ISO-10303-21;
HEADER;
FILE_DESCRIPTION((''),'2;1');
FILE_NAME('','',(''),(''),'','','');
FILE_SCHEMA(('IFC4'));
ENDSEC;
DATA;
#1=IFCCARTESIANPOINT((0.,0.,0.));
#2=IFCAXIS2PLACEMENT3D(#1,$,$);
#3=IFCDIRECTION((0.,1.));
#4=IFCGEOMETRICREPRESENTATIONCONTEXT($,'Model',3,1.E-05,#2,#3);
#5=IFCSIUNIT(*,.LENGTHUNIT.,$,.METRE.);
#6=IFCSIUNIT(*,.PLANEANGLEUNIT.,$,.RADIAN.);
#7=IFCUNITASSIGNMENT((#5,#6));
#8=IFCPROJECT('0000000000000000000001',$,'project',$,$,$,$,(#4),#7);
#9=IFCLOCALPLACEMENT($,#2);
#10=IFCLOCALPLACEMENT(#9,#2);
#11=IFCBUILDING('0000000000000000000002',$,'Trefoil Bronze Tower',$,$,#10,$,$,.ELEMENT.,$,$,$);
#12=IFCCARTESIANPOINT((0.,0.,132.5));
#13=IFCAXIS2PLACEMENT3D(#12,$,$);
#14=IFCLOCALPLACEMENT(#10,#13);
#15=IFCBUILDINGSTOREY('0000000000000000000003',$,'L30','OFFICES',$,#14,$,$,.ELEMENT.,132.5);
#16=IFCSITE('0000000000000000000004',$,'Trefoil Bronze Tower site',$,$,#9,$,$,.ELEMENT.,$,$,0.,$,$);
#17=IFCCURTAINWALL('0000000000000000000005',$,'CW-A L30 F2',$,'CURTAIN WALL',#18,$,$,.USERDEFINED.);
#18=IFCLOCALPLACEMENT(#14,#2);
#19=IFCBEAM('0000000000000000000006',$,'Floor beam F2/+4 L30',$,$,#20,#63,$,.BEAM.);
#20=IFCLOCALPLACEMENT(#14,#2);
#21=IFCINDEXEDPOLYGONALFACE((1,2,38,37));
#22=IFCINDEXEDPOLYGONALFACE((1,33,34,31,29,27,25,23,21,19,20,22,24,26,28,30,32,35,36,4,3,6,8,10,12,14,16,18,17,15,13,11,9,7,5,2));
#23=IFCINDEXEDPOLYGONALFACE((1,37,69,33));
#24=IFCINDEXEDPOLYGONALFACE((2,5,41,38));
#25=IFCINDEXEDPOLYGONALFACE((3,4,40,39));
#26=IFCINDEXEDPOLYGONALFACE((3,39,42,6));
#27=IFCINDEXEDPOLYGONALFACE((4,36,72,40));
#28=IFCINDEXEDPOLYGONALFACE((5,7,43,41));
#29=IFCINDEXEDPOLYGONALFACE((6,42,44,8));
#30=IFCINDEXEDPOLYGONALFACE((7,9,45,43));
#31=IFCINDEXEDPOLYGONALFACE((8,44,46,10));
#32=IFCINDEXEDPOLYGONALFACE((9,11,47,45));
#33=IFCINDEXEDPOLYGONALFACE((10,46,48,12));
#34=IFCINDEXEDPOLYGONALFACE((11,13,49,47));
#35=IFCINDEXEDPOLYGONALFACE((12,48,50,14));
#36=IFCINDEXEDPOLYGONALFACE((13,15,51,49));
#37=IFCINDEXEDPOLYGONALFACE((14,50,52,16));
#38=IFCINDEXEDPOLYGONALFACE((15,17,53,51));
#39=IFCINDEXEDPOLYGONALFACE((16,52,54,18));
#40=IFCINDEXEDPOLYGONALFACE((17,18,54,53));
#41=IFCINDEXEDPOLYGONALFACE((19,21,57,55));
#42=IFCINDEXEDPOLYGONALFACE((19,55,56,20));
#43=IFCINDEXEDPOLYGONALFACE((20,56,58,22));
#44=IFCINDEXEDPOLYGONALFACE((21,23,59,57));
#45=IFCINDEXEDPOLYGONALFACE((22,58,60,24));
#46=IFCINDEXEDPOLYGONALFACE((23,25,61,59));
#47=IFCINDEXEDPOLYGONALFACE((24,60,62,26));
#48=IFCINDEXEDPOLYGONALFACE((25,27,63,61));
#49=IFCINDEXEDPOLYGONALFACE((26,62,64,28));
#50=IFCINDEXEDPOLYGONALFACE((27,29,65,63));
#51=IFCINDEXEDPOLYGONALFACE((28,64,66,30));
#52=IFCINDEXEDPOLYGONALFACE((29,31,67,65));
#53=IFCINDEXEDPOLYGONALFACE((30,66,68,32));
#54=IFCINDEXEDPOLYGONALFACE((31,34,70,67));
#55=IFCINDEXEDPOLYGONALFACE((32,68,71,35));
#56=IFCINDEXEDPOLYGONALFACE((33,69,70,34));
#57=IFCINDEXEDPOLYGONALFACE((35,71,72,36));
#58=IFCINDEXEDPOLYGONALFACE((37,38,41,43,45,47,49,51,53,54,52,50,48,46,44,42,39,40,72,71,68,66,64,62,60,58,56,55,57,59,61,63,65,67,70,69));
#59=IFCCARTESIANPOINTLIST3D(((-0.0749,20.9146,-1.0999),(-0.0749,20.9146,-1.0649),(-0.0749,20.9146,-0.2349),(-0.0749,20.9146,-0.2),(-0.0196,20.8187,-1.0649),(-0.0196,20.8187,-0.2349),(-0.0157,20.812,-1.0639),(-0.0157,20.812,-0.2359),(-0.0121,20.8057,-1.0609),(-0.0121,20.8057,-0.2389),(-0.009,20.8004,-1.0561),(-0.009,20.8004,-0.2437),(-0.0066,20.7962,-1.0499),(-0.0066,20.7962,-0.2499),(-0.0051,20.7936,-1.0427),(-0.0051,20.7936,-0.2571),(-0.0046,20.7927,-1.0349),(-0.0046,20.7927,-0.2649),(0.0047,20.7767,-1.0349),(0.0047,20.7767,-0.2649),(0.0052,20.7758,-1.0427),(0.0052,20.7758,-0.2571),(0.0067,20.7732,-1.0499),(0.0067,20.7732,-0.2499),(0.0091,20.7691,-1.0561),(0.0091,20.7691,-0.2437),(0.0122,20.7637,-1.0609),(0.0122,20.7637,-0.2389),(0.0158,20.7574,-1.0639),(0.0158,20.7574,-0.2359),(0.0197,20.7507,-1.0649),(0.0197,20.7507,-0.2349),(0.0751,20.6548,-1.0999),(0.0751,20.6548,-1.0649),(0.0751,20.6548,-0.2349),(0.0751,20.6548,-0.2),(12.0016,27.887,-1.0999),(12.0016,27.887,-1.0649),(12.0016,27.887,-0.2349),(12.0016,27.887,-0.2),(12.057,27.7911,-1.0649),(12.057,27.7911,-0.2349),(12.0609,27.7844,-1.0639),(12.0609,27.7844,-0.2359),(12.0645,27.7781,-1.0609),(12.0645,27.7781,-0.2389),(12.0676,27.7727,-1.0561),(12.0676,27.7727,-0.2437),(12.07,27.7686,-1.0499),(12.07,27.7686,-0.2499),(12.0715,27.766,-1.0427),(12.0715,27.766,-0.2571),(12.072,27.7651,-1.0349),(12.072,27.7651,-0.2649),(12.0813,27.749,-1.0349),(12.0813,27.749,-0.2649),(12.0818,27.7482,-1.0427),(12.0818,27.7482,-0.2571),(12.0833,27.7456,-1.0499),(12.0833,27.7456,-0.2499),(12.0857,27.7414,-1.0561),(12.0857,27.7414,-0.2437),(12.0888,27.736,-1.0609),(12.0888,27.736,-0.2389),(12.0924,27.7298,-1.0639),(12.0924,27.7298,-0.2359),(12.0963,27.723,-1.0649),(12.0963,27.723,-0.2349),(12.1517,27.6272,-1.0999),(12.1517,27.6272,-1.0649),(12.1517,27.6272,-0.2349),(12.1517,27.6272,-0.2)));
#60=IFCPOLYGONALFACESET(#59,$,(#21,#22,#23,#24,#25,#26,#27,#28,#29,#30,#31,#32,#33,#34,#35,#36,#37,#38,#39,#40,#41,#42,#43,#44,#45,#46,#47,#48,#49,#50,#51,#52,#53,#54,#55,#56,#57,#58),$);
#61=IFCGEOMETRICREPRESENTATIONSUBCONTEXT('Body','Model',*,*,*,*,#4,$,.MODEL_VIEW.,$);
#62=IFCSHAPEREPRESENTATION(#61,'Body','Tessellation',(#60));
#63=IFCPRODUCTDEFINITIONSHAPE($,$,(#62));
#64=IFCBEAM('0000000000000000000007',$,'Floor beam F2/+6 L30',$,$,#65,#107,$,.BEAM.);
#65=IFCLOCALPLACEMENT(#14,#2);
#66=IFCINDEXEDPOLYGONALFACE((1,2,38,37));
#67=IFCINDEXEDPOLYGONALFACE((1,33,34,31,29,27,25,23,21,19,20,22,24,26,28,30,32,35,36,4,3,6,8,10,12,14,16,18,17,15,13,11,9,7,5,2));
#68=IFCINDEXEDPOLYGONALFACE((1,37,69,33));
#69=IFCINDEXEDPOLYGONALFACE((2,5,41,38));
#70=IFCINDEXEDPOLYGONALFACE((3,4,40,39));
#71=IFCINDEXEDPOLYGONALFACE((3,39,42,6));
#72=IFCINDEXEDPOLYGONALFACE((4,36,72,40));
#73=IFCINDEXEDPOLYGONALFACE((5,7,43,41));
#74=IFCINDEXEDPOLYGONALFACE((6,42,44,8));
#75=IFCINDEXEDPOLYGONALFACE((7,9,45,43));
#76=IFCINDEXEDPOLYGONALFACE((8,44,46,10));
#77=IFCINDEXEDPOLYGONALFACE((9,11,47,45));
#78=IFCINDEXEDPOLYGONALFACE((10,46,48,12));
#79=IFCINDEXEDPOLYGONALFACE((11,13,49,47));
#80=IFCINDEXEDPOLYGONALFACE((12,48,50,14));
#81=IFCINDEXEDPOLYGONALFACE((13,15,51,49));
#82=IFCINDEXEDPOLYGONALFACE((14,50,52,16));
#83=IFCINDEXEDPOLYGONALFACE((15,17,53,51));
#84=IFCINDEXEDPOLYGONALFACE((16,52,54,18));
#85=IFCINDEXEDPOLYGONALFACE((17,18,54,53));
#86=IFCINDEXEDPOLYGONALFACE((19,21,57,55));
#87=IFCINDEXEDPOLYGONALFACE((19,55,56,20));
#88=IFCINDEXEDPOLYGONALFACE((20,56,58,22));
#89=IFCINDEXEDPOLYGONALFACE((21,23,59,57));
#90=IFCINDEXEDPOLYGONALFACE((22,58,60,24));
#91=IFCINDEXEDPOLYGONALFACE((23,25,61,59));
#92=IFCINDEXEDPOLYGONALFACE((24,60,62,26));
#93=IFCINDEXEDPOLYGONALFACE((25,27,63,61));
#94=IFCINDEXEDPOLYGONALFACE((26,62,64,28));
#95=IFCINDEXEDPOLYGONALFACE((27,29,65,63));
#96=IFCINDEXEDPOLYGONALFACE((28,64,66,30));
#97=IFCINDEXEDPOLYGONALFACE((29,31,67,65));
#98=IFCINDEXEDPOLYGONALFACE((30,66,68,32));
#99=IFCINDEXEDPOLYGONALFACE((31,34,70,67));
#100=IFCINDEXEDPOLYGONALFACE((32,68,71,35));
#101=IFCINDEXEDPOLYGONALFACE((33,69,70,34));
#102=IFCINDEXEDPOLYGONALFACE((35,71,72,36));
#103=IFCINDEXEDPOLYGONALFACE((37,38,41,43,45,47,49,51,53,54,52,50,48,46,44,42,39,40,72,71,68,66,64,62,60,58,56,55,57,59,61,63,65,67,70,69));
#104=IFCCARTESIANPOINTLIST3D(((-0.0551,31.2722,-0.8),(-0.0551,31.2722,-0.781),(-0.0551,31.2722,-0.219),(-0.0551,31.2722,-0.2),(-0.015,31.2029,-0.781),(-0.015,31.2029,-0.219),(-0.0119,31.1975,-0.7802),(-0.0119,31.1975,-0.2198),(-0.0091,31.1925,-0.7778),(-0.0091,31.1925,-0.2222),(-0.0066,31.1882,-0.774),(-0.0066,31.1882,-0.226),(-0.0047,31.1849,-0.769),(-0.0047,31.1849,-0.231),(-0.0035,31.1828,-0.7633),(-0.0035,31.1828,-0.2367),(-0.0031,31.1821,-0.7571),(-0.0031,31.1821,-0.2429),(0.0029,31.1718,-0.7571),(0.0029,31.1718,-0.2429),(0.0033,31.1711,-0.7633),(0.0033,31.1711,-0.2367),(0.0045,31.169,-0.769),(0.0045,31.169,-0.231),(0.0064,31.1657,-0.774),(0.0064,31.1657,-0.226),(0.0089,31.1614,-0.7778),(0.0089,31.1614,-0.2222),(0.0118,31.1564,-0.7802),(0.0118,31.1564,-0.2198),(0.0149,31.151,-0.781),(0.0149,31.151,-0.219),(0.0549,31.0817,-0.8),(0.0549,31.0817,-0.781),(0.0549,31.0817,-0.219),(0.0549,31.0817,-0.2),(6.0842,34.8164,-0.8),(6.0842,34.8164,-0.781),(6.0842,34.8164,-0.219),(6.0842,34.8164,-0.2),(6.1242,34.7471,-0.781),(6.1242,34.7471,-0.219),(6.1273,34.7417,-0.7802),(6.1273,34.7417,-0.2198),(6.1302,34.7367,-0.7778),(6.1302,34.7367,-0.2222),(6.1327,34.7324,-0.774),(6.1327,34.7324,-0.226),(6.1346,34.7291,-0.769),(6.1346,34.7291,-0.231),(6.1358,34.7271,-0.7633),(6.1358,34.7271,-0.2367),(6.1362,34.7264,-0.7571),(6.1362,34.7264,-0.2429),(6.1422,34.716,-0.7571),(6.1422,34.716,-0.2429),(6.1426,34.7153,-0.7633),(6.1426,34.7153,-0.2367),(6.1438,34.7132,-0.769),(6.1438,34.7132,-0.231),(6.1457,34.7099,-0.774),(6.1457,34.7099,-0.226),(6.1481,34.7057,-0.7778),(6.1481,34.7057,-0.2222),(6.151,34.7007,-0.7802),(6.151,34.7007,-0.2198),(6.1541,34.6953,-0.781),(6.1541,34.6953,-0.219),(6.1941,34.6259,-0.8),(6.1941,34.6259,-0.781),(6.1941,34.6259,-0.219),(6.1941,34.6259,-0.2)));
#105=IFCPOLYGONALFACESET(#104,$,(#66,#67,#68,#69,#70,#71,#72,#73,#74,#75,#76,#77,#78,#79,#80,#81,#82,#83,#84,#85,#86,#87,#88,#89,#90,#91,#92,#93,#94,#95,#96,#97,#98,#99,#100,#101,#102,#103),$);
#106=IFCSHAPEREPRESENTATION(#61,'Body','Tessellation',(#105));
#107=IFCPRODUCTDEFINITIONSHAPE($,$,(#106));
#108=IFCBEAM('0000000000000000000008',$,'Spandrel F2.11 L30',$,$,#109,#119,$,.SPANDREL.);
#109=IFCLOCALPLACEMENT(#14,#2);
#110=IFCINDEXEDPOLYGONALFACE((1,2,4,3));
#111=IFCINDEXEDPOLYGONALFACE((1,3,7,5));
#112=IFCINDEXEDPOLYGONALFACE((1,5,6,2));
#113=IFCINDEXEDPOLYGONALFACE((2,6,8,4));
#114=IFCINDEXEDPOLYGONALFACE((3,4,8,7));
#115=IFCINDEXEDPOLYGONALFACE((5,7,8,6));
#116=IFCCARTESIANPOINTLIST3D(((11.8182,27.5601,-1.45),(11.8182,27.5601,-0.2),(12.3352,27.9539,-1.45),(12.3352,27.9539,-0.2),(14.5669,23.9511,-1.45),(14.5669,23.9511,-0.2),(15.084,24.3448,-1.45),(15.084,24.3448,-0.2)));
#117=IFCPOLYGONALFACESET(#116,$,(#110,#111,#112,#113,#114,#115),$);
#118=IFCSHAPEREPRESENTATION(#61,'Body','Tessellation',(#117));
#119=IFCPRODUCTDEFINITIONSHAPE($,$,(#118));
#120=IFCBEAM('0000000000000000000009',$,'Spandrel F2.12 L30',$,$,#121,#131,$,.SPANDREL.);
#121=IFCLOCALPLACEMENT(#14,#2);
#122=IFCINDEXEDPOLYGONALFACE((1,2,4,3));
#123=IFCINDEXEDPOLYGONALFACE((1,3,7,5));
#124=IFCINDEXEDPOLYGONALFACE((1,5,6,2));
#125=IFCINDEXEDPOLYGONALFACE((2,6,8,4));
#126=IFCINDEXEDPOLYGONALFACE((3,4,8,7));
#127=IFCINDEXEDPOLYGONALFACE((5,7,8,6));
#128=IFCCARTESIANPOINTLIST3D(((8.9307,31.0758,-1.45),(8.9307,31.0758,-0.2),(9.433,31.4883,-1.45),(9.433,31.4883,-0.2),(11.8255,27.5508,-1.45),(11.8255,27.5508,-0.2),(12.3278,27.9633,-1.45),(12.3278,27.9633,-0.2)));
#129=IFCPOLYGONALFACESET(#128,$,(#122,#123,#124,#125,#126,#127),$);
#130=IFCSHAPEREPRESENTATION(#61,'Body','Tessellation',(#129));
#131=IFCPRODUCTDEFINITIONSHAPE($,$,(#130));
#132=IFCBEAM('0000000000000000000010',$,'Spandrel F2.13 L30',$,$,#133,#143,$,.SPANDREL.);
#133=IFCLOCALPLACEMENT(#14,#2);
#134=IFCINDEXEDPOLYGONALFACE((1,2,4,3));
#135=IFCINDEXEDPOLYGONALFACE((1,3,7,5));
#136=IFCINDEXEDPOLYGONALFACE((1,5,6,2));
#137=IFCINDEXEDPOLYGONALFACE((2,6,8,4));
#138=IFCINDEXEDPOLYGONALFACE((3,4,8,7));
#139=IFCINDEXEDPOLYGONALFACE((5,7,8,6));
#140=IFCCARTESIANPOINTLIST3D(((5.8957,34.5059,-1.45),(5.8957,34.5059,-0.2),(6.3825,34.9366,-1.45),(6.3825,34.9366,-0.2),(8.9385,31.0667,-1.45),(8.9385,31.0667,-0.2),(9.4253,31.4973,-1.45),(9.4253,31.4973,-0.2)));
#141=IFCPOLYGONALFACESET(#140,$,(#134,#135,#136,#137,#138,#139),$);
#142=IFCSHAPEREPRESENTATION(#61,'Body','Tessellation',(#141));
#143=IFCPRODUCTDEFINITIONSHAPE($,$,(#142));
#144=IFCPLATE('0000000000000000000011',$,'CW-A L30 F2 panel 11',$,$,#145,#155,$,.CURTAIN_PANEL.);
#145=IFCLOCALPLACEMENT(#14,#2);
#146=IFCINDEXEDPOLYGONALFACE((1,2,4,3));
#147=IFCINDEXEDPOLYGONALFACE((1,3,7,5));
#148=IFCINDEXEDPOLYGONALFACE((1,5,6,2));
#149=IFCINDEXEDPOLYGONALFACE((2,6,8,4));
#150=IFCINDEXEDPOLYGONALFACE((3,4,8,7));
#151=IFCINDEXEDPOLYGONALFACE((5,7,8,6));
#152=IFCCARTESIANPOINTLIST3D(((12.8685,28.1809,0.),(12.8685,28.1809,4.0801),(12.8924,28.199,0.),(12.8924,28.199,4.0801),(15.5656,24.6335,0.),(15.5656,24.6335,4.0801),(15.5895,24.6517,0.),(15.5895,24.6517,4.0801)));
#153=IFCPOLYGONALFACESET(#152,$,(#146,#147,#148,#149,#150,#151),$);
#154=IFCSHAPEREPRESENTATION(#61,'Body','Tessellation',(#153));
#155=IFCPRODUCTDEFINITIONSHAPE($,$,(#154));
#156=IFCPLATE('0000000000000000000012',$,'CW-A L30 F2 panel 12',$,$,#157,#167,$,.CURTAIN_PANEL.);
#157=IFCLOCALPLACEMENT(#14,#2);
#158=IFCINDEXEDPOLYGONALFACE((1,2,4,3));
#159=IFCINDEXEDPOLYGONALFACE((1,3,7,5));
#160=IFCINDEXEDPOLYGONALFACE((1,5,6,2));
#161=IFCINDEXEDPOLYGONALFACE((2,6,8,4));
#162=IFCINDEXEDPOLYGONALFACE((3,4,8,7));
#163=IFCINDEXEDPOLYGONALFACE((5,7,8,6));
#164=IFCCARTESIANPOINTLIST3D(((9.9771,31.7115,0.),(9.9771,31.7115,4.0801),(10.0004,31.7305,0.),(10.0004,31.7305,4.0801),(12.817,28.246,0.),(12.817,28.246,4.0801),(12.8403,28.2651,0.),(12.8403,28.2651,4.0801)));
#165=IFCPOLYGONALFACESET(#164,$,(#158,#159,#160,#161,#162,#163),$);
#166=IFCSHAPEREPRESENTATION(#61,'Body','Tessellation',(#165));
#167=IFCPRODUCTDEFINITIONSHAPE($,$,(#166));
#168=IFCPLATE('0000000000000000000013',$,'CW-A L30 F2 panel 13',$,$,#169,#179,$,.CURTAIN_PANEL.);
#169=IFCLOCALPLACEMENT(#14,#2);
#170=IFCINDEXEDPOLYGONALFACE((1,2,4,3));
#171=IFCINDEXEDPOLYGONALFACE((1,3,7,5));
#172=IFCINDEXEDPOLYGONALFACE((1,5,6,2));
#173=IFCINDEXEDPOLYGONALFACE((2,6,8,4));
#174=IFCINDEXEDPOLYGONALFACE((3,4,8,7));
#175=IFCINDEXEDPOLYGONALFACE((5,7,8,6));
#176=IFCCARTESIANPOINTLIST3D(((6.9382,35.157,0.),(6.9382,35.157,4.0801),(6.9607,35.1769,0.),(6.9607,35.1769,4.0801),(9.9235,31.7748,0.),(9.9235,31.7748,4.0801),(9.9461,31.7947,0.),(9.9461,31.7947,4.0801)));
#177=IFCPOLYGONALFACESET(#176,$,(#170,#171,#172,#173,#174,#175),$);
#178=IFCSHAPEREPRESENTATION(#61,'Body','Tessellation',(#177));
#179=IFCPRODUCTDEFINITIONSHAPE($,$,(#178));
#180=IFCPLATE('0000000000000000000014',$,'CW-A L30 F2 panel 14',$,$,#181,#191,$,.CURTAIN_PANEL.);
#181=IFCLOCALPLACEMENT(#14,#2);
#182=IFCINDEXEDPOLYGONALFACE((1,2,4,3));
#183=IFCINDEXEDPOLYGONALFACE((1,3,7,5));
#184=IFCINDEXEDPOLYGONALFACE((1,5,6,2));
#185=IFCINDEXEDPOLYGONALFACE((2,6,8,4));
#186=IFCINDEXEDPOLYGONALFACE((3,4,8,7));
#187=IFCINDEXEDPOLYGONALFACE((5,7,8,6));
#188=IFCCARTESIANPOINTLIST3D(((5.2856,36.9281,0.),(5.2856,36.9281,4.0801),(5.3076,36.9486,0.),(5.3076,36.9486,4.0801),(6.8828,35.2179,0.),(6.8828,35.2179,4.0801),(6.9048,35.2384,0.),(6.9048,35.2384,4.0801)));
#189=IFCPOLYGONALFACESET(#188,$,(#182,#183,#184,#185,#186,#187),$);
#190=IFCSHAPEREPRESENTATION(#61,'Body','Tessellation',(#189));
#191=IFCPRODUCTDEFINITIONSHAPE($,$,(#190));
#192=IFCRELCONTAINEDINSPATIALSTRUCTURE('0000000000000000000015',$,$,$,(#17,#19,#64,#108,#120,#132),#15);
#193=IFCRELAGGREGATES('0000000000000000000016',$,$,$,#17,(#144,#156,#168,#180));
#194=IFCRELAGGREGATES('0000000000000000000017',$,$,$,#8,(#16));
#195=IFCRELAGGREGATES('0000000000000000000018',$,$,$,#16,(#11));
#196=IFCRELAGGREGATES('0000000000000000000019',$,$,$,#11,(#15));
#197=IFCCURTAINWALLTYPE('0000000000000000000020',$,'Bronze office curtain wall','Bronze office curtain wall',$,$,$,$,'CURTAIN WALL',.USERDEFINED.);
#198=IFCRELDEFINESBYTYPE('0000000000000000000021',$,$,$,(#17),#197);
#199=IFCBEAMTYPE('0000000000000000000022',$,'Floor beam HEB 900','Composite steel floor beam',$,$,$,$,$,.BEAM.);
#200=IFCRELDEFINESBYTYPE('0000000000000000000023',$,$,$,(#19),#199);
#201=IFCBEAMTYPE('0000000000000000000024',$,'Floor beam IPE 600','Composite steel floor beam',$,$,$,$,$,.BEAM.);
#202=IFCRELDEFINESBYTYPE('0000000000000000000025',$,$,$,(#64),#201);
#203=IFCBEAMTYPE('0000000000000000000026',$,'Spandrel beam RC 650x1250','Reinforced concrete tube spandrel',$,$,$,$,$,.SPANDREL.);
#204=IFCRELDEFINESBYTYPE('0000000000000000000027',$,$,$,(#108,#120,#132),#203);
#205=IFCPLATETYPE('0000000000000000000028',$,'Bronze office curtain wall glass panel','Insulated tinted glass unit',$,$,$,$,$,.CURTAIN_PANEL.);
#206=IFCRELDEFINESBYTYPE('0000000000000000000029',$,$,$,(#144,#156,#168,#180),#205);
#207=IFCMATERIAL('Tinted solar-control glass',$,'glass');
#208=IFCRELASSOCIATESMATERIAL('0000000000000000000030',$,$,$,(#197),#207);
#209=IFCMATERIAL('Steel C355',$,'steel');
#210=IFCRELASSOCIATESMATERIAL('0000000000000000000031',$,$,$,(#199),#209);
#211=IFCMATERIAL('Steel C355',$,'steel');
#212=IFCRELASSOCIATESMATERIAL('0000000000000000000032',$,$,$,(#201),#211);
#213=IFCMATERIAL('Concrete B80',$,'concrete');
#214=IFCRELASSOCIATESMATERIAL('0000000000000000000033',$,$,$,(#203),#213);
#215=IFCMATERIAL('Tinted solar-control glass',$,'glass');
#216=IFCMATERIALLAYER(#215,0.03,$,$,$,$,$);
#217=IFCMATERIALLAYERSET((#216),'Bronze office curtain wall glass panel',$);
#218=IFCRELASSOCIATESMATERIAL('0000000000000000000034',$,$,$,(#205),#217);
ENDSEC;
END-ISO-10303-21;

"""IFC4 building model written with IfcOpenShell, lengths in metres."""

from ifc_helpers import new_model, si_unit, direction, frame, origin, origin_2d, place, context, subcontext, project, spatial, rectangle, i_section, extrude, material, layer, layer_set, material_profile, profile_set, type_object, element, aggregate, save


model = new_model("IFC4")

# Units and contexts
model_context = context("Model", 3, precision=1e-05, world=origin(), true_north=direction((0.0, 1.0)))
body_context = subcontext(model_context, "Body", "Model", "MODEL_VIEW")
ifc_project = project(units=[si_unit("LENGTHUNIT", "METRE"), si_unit("PLANEANGLEUNIT", "RADIAN")], contexts=[model_context])

# Site, building, storey
site_placement = place(None, origin())
site = spatial("IfcSite", under=ifc_project, at=site_placement, Name="Trefoil Bronze Tower site", CompositionType="ELEMENT", RefElevation=0.0)
building_placement = place(site_placement, origin())
building = spatial("IfcBuilding", under=site, at=building_placement, Name="Trefoil Bronze Tower", CompositionType="ELEMENT")
storey_placement = place(building_placement, frame((0.0, 0.0, 132.5)))
storey = spatial("IfcBuildingStorey", under=building, at=storey_placement, Name="L30", Description="OFFICES", CompositionType="ELEMENT", Elevation=132.5)

# Curtain wall
ifc_material_1 = material(Name="Tinted solar-control glass", Category="glass")
curtain_wall_type_1 = type_object("IfcCurtainWallType", Name="Bronze office curtain wall", Description="Bronze office curtain wall", ElementType="CURTAIN WALL", PredefinedType="USERDEFINED", material=ifc_material_1)
curtain_wall_1_placement = place(storey_placement, origin())
curtain_wall_1 = element("IfcCurtainWall", 1, at=curtain_wall_1_placement, inside=storey, type_object=curtain_wall_type_1, Name="CW-A L30 F2", ObjectType="CURTAIN WALL", PredefinedType="USERDEFINED")

# Beams
ifc_material_2 = material(Name="Steel C355", Category="steel")
ifc_material_profile_1 = material_profile(ifc_material_2, i_section(OverallWidth=0.3, OverallDepth=0.8999, WebThickness=0.0186, FlangeThickness=0.0349, FilletRadius=0.03, at=origin_2d()), Name="HEB 900")
ifc_profile_set_1 = profile_set([ifc_material_profile_1], Name="Steel C355")
beam_type_1 = type_object("IfcBeamType", Name="Floor beam HEB 900", Description="Composite steel floor beam", PredefinedType="BEAM", material=ifc_profile_set_1)
beam_1_placement = place(storey_placement, frame((12.0767, 27.7571, -0.6499), z_axis=(-0.866027, -0.499997, 0.0), x_axis=(0.499997, -0.866027, 0.0)))
element("IfcBeam", 2, at=beam_1_placement, inside=storey, type_object=beam_type_1, Name="Floor beam F2/+4 L30", PredefinedType="BEAM", context=body_context, shape_type="SweptSolid", body=[
    extrude(i_section(OverallWidth=0.3, OverallDepth=0.8999, WebThickness=0.0186, FlangeThickness=0.0349, FilletRadius=0.03, at=origin_2d()), origin(), (0.0, 0.0, 1.0), 13.9448),
])
ifc_material_3 = material(Name="Steel C355", Category="steel")
ifc_material_profile_2 = material_profile(ifc_material_3, i_section(OverallWidth=0.22, OverallDepth=0.6001, WebThickness=0.012, FlangeThickness=0.019, FilletRadius=0.0239, at=origin_2d()), Name="IPE 600")
ifc_profile_set_2 = profile_set([ifc_material_profile_2], Name="Steel C355")
beam_type_2 = type_object("IfcBeamType", Name="Floor beam IPE 600", Description="Composite steel floor beam", PredefinedType="BEAM", material=ifc_profile_set_2)
beam_2_placement = place(storey_placement, frame((6.1392, 34.7212, -0.5), z_axis=(-0.866041, -0.499973, 0.0), x_axis=(0.499973, -0.866041, 0.0)))
element("IfcBeam", 3, at=beam_2_placement, inside=storey, type_object=beam_type_2, Name="Floor beam F2/+6 L30", PredefinedType="BEAM", context=body_context, shape_type="SweptSolid", body=[
    extrude(i_section(OverallWidth=0.22, OverallDepth=0.6001, WebThickness=0.012, FlangeThickness=0.019, FilletRadius=0.0239, at=origin_2d()), origin(), (0.0, 0.0, 1.0), 7.0889),
])
ifc_material_4 = material(Name="Concrete B80", Category="concrete")
ifc_material_profile_3 = material_profile(ifc_material_4, rectangle(XDim=0.6499, YDim=1.25, at=origin_2d()), Name="RC 650x1250")
ifc_profile_set_3 = profile_set([ifc_material_profile_3], Name="Concrete B80")
beam_type_3 = type_object("IfcBeamType", Name="Spandrel beam RC 650x1250", Description="Reinforced concrete tube spandrel", PredefinedType="SPANDREL", material=ifc_profile_set_3)
beam_3_placement = place(storey_placement, frame((14.8254, 24.1479, -0.825), z_axis=(-0.605899, 0.795542, 0.0), x_axis=(-0.795542, -0.605899, 0.0)))
element("IfcBeam", 4, at=beam_3_placement, inside=storey, type_object=beam_type_3, Name="Spandrel F2.11 L30", PredefinedType="SPANDREL", context=body_context, shape_type="SweptSolid", body=[
    extrude(rectangle(XDim=0.6499, YDim=1.25, at=origin_2d()), origin(), (0.0, 0.0, 1.0), 4.5366),
])
beam_4_placement = place(storey_placement, frame((12.0767, 27.7571, -0.825), z_axis=(-0.63465, 0.772799, 0.0), x_axis=(-0.772799, -0.63465, 0.0)))
element("IfcBeam", 5, at=beam_4_placement, inside=storey, type_object=beam_type_3, Name="Spandrel F2.12 L30", PredefinedType="SPANDREL", context=body_context, shape_type="SweptSolid", body=[
    extrude(rectangle(XDim=0.6499, YDim=1.25, at=origin_2d()), origin(), (0.0, 0.0, 1.0), 4.5613),
])
beam_5_placement = place(storey_placement, frame((9.1819, 31.282, -0.825), z_axis=(-0.662616, 0.748959, 0.0), x_axis=(-0.748959, -0.662616, 0.0)))
element("IfcBeam", 6, at=beam_5_placement, inside=storey, type_object=beam_type_3, Name="Spandrel F2.13 L30", PredefinedType="SPANDREL", context=body_context, shape_type="SweptSolid", body=[
    extrude(rectangle(XDim=0.6499, YDim=1.25, at=origin_2d()), origin(), (0.0, 0.0, 1.0), 4.592),
])

# Plates
ifc_material_5 = material(Name="Tinted solar-control glass", Category="glass")
ifc_layer_1 = layer(ifc_material_5, 0.03)
ifc_layer_set_1 = layer_set([ifc_layer_1], Name="Bronze office curtain wall glass panel")
plate_type_1 = type_object("IfcPlateType", Name="Bronze office curtain wall glass panel", Description="Insulated tinted glass unit", PredefinedType="CURTAIN_PANEL", material=ifc_layer_set_1)
plate_1_placement = place(storey_placement, frame((14.229, 26.4163, 0.0), z_axis=(0.0, 0.0, 1.0), x_axis=(-0.605252, 0.796034, 0.0)))
plate_1 = element("IfcPlate", 7, at=plate_1_placement, type_object=plate_type_1, Name="CW-A L30 F2 panel 11", PredefinedType="CURTAIN_PANEL", context=body_context, shape_type="SweptSolid", body=[
    extrude(rectangle(XDim=4.4563, YDim=0.03, at=origin_2d()), origin(), (0.0, 0.0, 1.0), 4.0801),
])
plate_2_placement = place(storey_placement, frame((11.4087, 29.9883, 0.0), z_axis=(0.0, 0.0, 1.0), x_axis=(-0.63384, 0.773464, 0.0)))
plate_2 = element("IfcPlate", 8, at=plate_2_placement, type_object=plate_type_1, Name="CW-A L30 F2 panel 12", PredefinedType="CURTAIN_PANEL", context=body_context, shape_type="SweptSolid", body=[
    extrude(rectangle(XDim=4.4805, YDim=0.03, at=origin_2d()), origin(), (0.0, 0.0, 1.0), 4.0801),
])
plate_3_placement = place(storey_placement, frame((8.4421, 33.4758, 0.0), z_axis=(0.0, 0.0, 1.0), x_axis=(-0.661751, 0.749723, 0.0)))
plate_3 = element("IfcPlate", 9, at=plate_3_placement, type_object=plate_type_1, Name="CW-A L30 F2 panel 13", PredefinedType="CURTAIN_PANEL", context=body_context, shape_type="SweptSolid", body=[
    extrude(rectangle(XDim=4.5112, YDim=0.03, at=origin_2d()), origin(), (0.0, 0.0, 1.0), 4.0801),
])
plate_4_placement = place(storey_placement, frame((6.0952, 36.0833, 0.0), z_axis=(0.0, 0.0, 1.0), x_axis=(-0.682536, 0.730852, 0.0)))
plate_4 = element("IfcPlate", 10, at=plate_4_placement, type_object=plate_type_1, Name="CW-A L30 F2 panel 14", PredefinedType="CURTAIN_PANEL", context=body_context, shape_type="SweptSolid", body=[
    extrude(rectangle(XDim=2.3401, YDim=0.03, at=origin_2d()), origin(), (0.0, 0.0, 1.0), 4.0801),
])
aggregate(curtain_wall_1, [plate_1, plate_2, plate_3, plate_4])

save(model, "model.ifc")
